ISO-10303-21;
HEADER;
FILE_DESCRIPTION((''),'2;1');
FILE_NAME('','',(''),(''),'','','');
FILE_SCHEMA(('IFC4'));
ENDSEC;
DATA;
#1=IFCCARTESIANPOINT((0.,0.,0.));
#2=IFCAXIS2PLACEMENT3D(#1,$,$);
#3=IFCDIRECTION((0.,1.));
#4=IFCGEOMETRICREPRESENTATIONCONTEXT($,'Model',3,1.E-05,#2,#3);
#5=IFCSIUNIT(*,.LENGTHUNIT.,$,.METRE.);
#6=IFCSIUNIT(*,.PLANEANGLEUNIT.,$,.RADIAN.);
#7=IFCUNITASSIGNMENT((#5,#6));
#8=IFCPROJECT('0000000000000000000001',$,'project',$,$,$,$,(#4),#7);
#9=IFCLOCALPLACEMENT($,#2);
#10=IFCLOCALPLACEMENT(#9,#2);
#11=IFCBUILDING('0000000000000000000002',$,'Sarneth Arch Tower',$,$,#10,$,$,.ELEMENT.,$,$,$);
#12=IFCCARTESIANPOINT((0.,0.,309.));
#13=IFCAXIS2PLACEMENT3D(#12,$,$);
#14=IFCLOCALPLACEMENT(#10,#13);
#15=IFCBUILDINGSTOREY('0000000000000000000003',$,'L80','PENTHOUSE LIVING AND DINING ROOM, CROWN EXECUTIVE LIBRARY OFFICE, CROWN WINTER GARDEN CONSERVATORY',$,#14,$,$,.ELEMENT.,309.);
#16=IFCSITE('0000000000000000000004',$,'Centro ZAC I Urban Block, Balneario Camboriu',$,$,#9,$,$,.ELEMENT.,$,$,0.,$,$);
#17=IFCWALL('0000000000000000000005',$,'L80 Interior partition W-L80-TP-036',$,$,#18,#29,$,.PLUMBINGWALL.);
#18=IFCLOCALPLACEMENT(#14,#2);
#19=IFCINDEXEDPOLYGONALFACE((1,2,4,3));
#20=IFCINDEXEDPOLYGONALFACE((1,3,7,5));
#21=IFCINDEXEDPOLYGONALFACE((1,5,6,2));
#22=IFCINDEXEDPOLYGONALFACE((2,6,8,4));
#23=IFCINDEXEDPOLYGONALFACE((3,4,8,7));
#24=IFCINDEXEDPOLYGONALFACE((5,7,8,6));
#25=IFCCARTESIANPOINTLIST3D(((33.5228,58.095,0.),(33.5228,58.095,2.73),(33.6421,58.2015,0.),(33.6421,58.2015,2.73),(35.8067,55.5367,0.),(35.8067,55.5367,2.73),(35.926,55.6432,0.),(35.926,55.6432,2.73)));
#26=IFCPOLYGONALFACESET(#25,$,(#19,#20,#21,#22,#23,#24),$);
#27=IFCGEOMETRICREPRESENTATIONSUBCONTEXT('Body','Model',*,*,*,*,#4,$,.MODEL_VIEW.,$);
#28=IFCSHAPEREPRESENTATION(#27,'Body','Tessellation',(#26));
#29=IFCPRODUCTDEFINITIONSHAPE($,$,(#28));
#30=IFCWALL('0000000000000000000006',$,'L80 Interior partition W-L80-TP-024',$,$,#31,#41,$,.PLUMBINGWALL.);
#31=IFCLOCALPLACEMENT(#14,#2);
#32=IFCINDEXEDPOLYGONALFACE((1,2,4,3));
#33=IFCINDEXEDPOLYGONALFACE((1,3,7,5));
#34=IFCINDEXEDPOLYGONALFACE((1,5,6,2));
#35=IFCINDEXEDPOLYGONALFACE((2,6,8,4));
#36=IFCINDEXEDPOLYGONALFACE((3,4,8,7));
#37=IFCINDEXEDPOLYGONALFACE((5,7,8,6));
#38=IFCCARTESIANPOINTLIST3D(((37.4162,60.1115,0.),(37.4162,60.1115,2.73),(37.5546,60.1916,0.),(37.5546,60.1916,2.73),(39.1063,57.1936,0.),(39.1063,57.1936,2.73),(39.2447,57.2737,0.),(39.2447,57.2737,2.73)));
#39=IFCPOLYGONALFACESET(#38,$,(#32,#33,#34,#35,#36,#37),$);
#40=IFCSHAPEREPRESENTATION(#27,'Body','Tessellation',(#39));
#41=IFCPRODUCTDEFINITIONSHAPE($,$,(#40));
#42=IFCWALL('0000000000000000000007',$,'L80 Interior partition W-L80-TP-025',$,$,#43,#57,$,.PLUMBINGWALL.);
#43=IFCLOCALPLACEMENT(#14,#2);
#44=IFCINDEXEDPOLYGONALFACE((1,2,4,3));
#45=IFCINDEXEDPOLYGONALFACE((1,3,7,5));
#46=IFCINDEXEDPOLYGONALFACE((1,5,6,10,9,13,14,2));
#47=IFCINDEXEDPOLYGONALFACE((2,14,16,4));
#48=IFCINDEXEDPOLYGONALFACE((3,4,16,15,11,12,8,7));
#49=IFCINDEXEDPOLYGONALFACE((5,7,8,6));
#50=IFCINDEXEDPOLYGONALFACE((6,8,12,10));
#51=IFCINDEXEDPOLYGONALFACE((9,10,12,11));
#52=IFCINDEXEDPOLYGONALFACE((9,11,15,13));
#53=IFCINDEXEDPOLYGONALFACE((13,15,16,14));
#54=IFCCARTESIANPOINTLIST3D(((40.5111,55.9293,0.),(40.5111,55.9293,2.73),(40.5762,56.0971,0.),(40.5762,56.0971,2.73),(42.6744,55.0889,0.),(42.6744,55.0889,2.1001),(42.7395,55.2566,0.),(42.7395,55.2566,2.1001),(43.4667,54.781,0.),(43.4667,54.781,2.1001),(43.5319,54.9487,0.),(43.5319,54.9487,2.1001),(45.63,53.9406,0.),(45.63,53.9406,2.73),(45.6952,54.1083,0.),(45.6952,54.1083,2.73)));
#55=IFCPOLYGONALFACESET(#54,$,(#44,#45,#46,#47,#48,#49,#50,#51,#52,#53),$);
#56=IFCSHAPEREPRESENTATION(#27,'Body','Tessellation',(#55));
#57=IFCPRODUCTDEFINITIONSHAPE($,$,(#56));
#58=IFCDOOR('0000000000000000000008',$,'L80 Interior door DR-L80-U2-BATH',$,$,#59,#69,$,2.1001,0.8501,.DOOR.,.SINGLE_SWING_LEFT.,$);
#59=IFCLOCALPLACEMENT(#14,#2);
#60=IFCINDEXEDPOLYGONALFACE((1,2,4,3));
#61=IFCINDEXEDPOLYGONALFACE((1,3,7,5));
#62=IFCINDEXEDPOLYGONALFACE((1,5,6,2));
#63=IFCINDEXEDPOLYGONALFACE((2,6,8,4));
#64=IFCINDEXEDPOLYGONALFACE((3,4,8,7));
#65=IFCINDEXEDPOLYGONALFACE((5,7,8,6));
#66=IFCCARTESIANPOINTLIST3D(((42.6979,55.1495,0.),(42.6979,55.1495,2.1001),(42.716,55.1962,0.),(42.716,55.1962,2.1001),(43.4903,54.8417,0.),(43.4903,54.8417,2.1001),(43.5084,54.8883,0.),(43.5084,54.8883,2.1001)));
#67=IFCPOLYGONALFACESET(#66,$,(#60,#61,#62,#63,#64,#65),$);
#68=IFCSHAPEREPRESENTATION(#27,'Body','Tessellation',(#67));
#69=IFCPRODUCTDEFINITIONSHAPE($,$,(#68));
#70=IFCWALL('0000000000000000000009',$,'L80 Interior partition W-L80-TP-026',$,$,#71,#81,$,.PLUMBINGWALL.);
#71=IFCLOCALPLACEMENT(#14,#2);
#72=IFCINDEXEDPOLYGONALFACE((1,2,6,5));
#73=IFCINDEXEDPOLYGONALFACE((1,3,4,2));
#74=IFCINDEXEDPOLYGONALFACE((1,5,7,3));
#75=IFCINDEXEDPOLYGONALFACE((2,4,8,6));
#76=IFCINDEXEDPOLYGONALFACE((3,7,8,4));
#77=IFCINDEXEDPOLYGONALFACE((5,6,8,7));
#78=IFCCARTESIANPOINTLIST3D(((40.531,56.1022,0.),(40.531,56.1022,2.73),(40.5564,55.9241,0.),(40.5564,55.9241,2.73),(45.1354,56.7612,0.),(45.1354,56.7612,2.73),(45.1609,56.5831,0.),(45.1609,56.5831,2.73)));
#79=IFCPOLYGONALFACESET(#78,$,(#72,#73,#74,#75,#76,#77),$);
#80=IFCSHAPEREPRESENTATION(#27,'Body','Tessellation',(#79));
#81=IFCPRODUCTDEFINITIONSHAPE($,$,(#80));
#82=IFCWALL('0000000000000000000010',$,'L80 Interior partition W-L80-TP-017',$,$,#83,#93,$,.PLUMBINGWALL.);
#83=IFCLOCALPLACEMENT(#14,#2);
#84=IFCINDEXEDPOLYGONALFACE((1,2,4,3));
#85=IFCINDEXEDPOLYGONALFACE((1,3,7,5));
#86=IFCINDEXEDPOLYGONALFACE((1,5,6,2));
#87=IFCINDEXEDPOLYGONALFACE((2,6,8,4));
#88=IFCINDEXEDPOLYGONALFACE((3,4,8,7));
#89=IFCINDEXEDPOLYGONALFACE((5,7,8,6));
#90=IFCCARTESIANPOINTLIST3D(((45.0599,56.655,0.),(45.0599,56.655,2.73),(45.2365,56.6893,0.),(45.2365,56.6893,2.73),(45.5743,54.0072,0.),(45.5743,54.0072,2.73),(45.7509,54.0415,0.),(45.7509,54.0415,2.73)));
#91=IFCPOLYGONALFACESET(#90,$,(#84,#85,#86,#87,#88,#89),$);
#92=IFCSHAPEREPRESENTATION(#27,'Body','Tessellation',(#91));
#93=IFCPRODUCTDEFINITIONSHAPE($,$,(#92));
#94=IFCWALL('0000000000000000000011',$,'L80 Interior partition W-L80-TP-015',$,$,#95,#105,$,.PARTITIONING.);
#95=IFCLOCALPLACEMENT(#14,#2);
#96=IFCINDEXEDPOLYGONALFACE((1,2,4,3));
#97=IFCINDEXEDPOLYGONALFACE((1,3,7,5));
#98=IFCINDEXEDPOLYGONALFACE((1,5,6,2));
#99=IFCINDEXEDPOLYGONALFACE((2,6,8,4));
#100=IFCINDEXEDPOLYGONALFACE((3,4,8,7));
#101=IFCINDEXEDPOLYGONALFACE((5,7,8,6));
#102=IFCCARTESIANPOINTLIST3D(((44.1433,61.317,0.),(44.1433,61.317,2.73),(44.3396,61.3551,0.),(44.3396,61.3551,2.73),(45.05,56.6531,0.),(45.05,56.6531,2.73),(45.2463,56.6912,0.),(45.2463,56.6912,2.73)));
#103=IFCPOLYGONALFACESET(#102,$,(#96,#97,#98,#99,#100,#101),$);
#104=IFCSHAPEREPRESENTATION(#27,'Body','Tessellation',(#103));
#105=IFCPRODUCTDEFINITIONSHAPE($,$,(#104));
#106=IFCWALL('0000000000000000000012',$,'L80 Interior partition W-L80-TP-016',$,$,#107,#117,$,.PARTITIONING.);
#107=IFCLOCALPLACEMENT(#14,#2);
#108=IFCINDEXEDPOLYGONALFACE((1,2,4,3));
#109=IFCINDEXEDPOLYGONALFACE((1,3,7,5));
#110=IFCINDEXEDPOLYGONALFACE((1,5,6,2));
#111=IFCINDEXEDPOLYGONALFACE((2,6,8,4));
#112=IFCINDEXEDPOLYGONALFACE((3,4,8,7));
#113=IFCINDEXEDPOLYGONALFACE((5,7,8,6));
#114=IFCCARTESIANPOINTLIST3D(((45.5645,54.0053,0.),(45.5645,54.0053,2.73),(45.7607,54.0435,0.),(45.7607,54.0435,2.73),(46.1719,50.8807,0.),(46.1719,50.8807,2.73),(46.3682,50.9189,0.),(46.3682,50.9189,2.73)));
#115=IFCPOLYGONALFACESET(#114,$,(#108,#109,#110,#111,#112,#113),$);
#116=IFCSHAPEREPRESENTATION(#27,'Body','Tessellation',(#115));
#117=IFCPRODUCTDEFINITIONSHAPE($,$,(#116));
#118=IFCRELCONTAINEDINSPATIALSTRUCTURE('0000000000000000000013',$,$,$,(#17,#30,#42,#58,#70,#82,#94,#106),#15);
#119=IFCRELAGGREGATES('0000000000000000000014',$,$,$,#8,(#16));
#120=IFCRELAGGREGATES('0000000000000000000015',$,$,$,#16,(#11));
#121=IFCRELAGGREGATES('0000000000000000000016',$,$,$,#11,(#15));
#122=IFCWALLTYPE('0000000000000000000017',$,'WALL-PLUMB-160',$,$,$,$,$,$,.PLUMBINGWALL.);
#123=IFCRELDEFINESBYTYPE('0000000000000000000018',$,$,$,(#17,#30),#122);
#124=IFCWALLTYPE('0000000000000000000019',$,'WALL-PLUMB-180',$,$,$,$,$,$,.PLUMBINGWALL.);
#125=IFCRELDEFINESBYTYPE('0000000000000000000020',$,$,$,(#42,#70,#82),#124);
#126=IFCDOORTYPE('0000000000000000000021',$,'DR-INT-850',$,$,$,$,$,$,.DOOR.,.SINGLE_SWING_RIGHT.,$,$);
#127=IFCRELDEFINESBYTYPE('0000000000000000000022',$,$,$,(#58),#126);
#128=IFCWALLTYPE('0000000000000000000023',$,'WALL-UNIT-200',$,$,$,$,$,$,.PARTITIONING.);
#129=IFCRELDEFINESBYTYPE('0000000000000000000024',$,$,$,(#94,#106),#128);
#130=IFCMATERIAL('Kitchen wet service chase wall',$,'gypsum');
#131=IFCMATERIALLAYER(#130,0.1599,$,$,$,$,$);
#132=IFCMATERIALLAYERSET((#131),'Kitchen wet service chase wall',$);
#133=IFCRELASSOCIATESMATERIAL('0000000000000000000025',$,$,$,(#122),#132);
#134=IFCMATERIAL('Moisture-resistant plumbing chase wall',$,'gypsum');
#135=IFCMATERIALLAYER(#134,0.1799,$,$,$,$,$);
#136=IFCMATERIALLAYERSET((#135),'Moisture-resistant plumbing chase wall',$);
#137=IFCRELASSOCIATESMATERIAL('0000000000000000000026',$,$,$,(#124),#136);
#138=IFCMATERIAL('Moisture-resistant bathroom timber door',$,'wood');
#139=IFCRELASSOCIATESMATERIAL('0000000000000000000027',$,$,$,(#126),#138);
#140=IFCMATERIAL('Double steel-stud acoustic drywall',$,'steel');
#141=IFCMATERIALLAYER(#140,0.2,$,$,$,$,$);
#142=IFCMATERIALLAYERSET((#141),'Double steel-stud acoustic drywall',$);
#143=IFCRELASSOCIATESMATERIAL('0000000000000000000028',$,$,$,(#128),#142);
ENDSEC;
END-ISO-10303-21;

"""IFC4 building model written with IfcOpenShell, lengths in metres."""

from ifc_helpers import new_model, si_unit, direction, frame, frame_2d, origin, place, context, subcontext, project, spatial, rectangle, extrude, material, layer, layer_set, type_object, element, fill, save


model = new_model("IFC4")

# Units and contexts
model_context = context("Model", 3, precision=1e-05, world=origin(), true_north=direction((0.0, 1.0)))
body_context = subcontext(model_context, "Body", "Model", "MODEL_VIEW")
ifc_project = project(units=[si_unit("LENGTHUNIT", "METRE"), si_unit("PLANEANGLEUNIT", "RADIAN")], contexts=[model_context])

# Site, building, storey
site_placement = place(None, origin())
site = spatial("IfcSite", under=ifc_project, at=site_placement, Name="Centro ZAC I Urban Block, Balneario Camboriu", CompositionType="ELEMENT", RefElevation=0.0)
building_placement = place(site_placement, origin())
building = spatial("IfcBuilding", under=site, at=building_placement, Name="Sarneth Arch Tower", CompositionType="ELEMENT")
storey_placement = place(building_placement, frame((0.0, 0.0, 309.0)))
storey = spatial("IfcBuildingStorey", under=building, at=storey_placement, Name="L80", Description="PENTHOUSE LIVING AND DINING ROOM, CROWN EXECUTIVE LIBRARY OFFICE, CROWN WINTER GARDEN CONSERVATORY", CompositionType="ELEMENT", Elevation=309.0)

# Walls
ifc_material_1 = material(Name="Kitchen wet service chase wall", Category="gypsum")
ifc_layer_1 = layer(ifc_material_1, 0.1599)
ifc_layer_set_1 = layer_set([ifc_layer_1], Name="Kitchen wet service chase wall")
wall_type_1 = type_object("IfcWallType", Name="WALL-PLUMB-160", PredefinedType="PLUMBINGWALL", material=ifc_layer_set_1)
wall_1_placement = place(storey_placement, frame((35.8665, 55.5898, 0.0), z_axis=(0.0, 0.0, 1.0), x_axis=(-0.665966, 0.745982, 0.0)))
element("IfcWall", 1, at=wall_1_placement, inside=storey, type_object=wall_type_1, Name="L80 Interior partition W-L80-TP-036", PredefinedType="PLUMBINGWALL", context=body_context, shape_type="SweptSolid", body=[
    extrude(rectangle(XDim=3.4294, YDim=0.1599, at=frame_2d((1.7148, 0.0))), origin(), (0.0, 0.0, 1.0), 2.73),
])
wall_2_placement = place(storey_placement, frame((39.1755, 57.2336, 0.0), z_axis=(0.0, 0.0, 1.0), x_axis=(-0.501222, 0.865319, 0.0)))
element("IfcWall", 2, at=wall_2_placement, inside=storey, type_object=wall_type_1, Name="L80 Interior partition W-L80-TP-024", PredefinedType="PLUMBINGWALL", context=body_context, shape_type="SweptSolid", body=[
    extrude(rectangle(XDim=3.3721, YDim=0.1599, at=frame_2d((1.686, 0.0))), origin(), (0.0, 0.0, 1.0), 2.73),
])

# Wall, opening, door
ifc_material_2 = material(Name="Moisture-resistant plumbing chase wall", Category="gypsum")
ifc_layer_2 = layer(ifc_material_2, 0.1799)
ifc_layer_set_2 = layer_set([ifc_layer_2], Name="Moisture-resistant plumbing chase wall")
wall_type_2 = type_object("IfcWallType", Name="WALL-PLUMB-180", PredefinedType="PLUMBINGWALL", material=ifc_layer_set_2)
wall_3_placement = place(storey_placement, frame((45.6626, 54.0244, 0.0), z_axis=(0.0, 0.0, 1.0), x_axis=(-0.932122, 0.362144, 0.0)))
wall_3 = element("IfcWall", 3, at=wall_3_placement, inside=storey, type_object=wall_type_2, Name="L80 Interior partition W-L80-TP-025", PredefinedType="PLUMBINGWALL", context=body_context, shape_type="SweptSolid", body=[
    extrude(rectangle(XDim=5.4917, YDim=0.1799, at=frame_2d((2.7458, 0.0))), origin(), (0.0, 0.0, 1.0), 2.73),
])
opening_placement = place(wall_3_placement, frame((2.3208, 0.0, 0.0)))
opening = element("IfcOpeningElement", 4, at=opening_placement, cuts=wall_3, PredefinedType="OPENING", context=body_context, shape_type="SweptSolid", body=[
    extrude(rectangle(XDim=0.8501, YDim=2.1001, at=frame_2d((0.425, 1.05))), frame((0.0, 0.0999, 0.0), z_axis=(0.0, -1.0, 0.0), x_axis=(1.0, 0.0, 0.0)), (0.0, 0.0, 1.0), 0.2),
])
ifc_material_3 = material(Name="Moisture-resistant bathroom timber door", Category="wood")
door_type = type_object("IfcDoorType", Name="DR-INT-850", OperationType="SINGLE_SWING_RIGHT", PredefinedType="DOOR", material=ifc_material_3)
door_placement = place(opening_placement, origin())
door = element("IfcDoor", 5, at=door_placement, inside=storey, type_object=door_type, Name="L80 Interior door DR-L80-U2-BATH", OperationType="SINGLE_SWING_LEFT", OverallHeight=2.1001, OverallWidth=0.8501, PredefinedType="DOOR", context=body_context, shape_type="SweptSolid", body=[
    extrude(rectangle(XDim=0.8501, YDim=2.1001, at=frame_2d((0.425, 1.05))), frame((0.0, 0.0249, 0.0), z_axis=(0.0, -1.0, 0.0), x_axis=(1.0, 0.0, 0.0)), (0.0, 0.0, 1.0), 0.05),
])
fill(opening, door)

# Walls
wall_4_placement = place(storey_placement, frame((40.5437, 56.0132, 0.0), z_axis=(0.0, 0.0, 1.0), x_axis=(0.989915, 0.141664, 0.0)))
element("IfcWall", 6, at=wall_4_placement, inside=storey, type_object=wall_type_2, Name="L80 Interior partition W-L80-TP-026", PredefinedType="PLUMBINGWALL", context=body_context, shape_type="SweptSolid", body=[
    extrude(rectangle(XDim=4.6514, YDim=0.1799, at=frame_2d((2.3257, 0.0))), origin(), (0.0, 0.0, 1.0), 2.73),
])
wall_5_placement = place(storey_placement, frame((45.1482, 56.6721, 0.0), z_axis=(0.0, 0.0, 1.0), x_axis=(0.190717, -0.981645, 0.0)))
element("IfcWall", 7, at=wall_5_placement, inside=storey, type_object=wall_type_2, Name="L80 Interior partition W-L80-TP-017", PredefinedType="PLUMBINGWALL", context=body_context, shape_type="SweptSolid", body=[
    extrude(rectangle(XDim=2.6973, YDim=0.1799, at=frame_2d((1.3486, 0.0))), origin(), (0.0, 0.0, 1.0), 2.73),
])
ifc_material_4 = material(Name="Double steel-stud acoustic drywall", Category="steel")
ifc_layer_3 = layer(ifc_material_4, 0.2)
ifc_layer_set_3 = layer_set([ifc_layer_3], Name="Double steel-stud acoustic drywall")
wall_type_3 = type_object("IfcWallType", Name="WALL-UNIT-200", PredefinedType="PARTITIONING", material=ifc_layer_set_3)
wall_6_placement = place(storey_placement, frame((44.2415, 61.3359, 0.0), z_axis=(0.0, 0.0, 1.0), x_axis=(0.190846, -0.98162, 0.0)))
element("IfcWall", 8, at=wall_6_placement, inside=storey, type_object=wall_type_3, Name="L80 Interior partition W-L80-TP-015", PredefinedType="PARTITIONING", context=body_context, shape_type="SweptSolid", body=[
    extrude(rectangle(XDim=4.7512, YDim=0.2, at=frame_2d((2.3755, 0.0))), origin(), (0.0, 0.0, 1.0), 2.73),
])
wall_7_placement = place(storey_placement, frame((45.6626, 54.0244, 0.0), z_axis=(0.0, 0.0, 1.0), x_axis=(0.190833, -0.981623, 0.0)))
element("IfcWall", 9, at=wall_7_placement, inside=storey, type_object=wall_type_3, Name="L80 Interior partition W-L80-TP-016", PredefinedType="PARTITIONING", context=body_context, shape_type="SweptSolid", body=[
    extrude(rectangle(XDim=3.1831, YDim=0.2, at=frame_2d((1.5916, 0.0))), origin(), (0.0, 0.0, 1.0), 2.73),
])

save(model, "model.ifc")
